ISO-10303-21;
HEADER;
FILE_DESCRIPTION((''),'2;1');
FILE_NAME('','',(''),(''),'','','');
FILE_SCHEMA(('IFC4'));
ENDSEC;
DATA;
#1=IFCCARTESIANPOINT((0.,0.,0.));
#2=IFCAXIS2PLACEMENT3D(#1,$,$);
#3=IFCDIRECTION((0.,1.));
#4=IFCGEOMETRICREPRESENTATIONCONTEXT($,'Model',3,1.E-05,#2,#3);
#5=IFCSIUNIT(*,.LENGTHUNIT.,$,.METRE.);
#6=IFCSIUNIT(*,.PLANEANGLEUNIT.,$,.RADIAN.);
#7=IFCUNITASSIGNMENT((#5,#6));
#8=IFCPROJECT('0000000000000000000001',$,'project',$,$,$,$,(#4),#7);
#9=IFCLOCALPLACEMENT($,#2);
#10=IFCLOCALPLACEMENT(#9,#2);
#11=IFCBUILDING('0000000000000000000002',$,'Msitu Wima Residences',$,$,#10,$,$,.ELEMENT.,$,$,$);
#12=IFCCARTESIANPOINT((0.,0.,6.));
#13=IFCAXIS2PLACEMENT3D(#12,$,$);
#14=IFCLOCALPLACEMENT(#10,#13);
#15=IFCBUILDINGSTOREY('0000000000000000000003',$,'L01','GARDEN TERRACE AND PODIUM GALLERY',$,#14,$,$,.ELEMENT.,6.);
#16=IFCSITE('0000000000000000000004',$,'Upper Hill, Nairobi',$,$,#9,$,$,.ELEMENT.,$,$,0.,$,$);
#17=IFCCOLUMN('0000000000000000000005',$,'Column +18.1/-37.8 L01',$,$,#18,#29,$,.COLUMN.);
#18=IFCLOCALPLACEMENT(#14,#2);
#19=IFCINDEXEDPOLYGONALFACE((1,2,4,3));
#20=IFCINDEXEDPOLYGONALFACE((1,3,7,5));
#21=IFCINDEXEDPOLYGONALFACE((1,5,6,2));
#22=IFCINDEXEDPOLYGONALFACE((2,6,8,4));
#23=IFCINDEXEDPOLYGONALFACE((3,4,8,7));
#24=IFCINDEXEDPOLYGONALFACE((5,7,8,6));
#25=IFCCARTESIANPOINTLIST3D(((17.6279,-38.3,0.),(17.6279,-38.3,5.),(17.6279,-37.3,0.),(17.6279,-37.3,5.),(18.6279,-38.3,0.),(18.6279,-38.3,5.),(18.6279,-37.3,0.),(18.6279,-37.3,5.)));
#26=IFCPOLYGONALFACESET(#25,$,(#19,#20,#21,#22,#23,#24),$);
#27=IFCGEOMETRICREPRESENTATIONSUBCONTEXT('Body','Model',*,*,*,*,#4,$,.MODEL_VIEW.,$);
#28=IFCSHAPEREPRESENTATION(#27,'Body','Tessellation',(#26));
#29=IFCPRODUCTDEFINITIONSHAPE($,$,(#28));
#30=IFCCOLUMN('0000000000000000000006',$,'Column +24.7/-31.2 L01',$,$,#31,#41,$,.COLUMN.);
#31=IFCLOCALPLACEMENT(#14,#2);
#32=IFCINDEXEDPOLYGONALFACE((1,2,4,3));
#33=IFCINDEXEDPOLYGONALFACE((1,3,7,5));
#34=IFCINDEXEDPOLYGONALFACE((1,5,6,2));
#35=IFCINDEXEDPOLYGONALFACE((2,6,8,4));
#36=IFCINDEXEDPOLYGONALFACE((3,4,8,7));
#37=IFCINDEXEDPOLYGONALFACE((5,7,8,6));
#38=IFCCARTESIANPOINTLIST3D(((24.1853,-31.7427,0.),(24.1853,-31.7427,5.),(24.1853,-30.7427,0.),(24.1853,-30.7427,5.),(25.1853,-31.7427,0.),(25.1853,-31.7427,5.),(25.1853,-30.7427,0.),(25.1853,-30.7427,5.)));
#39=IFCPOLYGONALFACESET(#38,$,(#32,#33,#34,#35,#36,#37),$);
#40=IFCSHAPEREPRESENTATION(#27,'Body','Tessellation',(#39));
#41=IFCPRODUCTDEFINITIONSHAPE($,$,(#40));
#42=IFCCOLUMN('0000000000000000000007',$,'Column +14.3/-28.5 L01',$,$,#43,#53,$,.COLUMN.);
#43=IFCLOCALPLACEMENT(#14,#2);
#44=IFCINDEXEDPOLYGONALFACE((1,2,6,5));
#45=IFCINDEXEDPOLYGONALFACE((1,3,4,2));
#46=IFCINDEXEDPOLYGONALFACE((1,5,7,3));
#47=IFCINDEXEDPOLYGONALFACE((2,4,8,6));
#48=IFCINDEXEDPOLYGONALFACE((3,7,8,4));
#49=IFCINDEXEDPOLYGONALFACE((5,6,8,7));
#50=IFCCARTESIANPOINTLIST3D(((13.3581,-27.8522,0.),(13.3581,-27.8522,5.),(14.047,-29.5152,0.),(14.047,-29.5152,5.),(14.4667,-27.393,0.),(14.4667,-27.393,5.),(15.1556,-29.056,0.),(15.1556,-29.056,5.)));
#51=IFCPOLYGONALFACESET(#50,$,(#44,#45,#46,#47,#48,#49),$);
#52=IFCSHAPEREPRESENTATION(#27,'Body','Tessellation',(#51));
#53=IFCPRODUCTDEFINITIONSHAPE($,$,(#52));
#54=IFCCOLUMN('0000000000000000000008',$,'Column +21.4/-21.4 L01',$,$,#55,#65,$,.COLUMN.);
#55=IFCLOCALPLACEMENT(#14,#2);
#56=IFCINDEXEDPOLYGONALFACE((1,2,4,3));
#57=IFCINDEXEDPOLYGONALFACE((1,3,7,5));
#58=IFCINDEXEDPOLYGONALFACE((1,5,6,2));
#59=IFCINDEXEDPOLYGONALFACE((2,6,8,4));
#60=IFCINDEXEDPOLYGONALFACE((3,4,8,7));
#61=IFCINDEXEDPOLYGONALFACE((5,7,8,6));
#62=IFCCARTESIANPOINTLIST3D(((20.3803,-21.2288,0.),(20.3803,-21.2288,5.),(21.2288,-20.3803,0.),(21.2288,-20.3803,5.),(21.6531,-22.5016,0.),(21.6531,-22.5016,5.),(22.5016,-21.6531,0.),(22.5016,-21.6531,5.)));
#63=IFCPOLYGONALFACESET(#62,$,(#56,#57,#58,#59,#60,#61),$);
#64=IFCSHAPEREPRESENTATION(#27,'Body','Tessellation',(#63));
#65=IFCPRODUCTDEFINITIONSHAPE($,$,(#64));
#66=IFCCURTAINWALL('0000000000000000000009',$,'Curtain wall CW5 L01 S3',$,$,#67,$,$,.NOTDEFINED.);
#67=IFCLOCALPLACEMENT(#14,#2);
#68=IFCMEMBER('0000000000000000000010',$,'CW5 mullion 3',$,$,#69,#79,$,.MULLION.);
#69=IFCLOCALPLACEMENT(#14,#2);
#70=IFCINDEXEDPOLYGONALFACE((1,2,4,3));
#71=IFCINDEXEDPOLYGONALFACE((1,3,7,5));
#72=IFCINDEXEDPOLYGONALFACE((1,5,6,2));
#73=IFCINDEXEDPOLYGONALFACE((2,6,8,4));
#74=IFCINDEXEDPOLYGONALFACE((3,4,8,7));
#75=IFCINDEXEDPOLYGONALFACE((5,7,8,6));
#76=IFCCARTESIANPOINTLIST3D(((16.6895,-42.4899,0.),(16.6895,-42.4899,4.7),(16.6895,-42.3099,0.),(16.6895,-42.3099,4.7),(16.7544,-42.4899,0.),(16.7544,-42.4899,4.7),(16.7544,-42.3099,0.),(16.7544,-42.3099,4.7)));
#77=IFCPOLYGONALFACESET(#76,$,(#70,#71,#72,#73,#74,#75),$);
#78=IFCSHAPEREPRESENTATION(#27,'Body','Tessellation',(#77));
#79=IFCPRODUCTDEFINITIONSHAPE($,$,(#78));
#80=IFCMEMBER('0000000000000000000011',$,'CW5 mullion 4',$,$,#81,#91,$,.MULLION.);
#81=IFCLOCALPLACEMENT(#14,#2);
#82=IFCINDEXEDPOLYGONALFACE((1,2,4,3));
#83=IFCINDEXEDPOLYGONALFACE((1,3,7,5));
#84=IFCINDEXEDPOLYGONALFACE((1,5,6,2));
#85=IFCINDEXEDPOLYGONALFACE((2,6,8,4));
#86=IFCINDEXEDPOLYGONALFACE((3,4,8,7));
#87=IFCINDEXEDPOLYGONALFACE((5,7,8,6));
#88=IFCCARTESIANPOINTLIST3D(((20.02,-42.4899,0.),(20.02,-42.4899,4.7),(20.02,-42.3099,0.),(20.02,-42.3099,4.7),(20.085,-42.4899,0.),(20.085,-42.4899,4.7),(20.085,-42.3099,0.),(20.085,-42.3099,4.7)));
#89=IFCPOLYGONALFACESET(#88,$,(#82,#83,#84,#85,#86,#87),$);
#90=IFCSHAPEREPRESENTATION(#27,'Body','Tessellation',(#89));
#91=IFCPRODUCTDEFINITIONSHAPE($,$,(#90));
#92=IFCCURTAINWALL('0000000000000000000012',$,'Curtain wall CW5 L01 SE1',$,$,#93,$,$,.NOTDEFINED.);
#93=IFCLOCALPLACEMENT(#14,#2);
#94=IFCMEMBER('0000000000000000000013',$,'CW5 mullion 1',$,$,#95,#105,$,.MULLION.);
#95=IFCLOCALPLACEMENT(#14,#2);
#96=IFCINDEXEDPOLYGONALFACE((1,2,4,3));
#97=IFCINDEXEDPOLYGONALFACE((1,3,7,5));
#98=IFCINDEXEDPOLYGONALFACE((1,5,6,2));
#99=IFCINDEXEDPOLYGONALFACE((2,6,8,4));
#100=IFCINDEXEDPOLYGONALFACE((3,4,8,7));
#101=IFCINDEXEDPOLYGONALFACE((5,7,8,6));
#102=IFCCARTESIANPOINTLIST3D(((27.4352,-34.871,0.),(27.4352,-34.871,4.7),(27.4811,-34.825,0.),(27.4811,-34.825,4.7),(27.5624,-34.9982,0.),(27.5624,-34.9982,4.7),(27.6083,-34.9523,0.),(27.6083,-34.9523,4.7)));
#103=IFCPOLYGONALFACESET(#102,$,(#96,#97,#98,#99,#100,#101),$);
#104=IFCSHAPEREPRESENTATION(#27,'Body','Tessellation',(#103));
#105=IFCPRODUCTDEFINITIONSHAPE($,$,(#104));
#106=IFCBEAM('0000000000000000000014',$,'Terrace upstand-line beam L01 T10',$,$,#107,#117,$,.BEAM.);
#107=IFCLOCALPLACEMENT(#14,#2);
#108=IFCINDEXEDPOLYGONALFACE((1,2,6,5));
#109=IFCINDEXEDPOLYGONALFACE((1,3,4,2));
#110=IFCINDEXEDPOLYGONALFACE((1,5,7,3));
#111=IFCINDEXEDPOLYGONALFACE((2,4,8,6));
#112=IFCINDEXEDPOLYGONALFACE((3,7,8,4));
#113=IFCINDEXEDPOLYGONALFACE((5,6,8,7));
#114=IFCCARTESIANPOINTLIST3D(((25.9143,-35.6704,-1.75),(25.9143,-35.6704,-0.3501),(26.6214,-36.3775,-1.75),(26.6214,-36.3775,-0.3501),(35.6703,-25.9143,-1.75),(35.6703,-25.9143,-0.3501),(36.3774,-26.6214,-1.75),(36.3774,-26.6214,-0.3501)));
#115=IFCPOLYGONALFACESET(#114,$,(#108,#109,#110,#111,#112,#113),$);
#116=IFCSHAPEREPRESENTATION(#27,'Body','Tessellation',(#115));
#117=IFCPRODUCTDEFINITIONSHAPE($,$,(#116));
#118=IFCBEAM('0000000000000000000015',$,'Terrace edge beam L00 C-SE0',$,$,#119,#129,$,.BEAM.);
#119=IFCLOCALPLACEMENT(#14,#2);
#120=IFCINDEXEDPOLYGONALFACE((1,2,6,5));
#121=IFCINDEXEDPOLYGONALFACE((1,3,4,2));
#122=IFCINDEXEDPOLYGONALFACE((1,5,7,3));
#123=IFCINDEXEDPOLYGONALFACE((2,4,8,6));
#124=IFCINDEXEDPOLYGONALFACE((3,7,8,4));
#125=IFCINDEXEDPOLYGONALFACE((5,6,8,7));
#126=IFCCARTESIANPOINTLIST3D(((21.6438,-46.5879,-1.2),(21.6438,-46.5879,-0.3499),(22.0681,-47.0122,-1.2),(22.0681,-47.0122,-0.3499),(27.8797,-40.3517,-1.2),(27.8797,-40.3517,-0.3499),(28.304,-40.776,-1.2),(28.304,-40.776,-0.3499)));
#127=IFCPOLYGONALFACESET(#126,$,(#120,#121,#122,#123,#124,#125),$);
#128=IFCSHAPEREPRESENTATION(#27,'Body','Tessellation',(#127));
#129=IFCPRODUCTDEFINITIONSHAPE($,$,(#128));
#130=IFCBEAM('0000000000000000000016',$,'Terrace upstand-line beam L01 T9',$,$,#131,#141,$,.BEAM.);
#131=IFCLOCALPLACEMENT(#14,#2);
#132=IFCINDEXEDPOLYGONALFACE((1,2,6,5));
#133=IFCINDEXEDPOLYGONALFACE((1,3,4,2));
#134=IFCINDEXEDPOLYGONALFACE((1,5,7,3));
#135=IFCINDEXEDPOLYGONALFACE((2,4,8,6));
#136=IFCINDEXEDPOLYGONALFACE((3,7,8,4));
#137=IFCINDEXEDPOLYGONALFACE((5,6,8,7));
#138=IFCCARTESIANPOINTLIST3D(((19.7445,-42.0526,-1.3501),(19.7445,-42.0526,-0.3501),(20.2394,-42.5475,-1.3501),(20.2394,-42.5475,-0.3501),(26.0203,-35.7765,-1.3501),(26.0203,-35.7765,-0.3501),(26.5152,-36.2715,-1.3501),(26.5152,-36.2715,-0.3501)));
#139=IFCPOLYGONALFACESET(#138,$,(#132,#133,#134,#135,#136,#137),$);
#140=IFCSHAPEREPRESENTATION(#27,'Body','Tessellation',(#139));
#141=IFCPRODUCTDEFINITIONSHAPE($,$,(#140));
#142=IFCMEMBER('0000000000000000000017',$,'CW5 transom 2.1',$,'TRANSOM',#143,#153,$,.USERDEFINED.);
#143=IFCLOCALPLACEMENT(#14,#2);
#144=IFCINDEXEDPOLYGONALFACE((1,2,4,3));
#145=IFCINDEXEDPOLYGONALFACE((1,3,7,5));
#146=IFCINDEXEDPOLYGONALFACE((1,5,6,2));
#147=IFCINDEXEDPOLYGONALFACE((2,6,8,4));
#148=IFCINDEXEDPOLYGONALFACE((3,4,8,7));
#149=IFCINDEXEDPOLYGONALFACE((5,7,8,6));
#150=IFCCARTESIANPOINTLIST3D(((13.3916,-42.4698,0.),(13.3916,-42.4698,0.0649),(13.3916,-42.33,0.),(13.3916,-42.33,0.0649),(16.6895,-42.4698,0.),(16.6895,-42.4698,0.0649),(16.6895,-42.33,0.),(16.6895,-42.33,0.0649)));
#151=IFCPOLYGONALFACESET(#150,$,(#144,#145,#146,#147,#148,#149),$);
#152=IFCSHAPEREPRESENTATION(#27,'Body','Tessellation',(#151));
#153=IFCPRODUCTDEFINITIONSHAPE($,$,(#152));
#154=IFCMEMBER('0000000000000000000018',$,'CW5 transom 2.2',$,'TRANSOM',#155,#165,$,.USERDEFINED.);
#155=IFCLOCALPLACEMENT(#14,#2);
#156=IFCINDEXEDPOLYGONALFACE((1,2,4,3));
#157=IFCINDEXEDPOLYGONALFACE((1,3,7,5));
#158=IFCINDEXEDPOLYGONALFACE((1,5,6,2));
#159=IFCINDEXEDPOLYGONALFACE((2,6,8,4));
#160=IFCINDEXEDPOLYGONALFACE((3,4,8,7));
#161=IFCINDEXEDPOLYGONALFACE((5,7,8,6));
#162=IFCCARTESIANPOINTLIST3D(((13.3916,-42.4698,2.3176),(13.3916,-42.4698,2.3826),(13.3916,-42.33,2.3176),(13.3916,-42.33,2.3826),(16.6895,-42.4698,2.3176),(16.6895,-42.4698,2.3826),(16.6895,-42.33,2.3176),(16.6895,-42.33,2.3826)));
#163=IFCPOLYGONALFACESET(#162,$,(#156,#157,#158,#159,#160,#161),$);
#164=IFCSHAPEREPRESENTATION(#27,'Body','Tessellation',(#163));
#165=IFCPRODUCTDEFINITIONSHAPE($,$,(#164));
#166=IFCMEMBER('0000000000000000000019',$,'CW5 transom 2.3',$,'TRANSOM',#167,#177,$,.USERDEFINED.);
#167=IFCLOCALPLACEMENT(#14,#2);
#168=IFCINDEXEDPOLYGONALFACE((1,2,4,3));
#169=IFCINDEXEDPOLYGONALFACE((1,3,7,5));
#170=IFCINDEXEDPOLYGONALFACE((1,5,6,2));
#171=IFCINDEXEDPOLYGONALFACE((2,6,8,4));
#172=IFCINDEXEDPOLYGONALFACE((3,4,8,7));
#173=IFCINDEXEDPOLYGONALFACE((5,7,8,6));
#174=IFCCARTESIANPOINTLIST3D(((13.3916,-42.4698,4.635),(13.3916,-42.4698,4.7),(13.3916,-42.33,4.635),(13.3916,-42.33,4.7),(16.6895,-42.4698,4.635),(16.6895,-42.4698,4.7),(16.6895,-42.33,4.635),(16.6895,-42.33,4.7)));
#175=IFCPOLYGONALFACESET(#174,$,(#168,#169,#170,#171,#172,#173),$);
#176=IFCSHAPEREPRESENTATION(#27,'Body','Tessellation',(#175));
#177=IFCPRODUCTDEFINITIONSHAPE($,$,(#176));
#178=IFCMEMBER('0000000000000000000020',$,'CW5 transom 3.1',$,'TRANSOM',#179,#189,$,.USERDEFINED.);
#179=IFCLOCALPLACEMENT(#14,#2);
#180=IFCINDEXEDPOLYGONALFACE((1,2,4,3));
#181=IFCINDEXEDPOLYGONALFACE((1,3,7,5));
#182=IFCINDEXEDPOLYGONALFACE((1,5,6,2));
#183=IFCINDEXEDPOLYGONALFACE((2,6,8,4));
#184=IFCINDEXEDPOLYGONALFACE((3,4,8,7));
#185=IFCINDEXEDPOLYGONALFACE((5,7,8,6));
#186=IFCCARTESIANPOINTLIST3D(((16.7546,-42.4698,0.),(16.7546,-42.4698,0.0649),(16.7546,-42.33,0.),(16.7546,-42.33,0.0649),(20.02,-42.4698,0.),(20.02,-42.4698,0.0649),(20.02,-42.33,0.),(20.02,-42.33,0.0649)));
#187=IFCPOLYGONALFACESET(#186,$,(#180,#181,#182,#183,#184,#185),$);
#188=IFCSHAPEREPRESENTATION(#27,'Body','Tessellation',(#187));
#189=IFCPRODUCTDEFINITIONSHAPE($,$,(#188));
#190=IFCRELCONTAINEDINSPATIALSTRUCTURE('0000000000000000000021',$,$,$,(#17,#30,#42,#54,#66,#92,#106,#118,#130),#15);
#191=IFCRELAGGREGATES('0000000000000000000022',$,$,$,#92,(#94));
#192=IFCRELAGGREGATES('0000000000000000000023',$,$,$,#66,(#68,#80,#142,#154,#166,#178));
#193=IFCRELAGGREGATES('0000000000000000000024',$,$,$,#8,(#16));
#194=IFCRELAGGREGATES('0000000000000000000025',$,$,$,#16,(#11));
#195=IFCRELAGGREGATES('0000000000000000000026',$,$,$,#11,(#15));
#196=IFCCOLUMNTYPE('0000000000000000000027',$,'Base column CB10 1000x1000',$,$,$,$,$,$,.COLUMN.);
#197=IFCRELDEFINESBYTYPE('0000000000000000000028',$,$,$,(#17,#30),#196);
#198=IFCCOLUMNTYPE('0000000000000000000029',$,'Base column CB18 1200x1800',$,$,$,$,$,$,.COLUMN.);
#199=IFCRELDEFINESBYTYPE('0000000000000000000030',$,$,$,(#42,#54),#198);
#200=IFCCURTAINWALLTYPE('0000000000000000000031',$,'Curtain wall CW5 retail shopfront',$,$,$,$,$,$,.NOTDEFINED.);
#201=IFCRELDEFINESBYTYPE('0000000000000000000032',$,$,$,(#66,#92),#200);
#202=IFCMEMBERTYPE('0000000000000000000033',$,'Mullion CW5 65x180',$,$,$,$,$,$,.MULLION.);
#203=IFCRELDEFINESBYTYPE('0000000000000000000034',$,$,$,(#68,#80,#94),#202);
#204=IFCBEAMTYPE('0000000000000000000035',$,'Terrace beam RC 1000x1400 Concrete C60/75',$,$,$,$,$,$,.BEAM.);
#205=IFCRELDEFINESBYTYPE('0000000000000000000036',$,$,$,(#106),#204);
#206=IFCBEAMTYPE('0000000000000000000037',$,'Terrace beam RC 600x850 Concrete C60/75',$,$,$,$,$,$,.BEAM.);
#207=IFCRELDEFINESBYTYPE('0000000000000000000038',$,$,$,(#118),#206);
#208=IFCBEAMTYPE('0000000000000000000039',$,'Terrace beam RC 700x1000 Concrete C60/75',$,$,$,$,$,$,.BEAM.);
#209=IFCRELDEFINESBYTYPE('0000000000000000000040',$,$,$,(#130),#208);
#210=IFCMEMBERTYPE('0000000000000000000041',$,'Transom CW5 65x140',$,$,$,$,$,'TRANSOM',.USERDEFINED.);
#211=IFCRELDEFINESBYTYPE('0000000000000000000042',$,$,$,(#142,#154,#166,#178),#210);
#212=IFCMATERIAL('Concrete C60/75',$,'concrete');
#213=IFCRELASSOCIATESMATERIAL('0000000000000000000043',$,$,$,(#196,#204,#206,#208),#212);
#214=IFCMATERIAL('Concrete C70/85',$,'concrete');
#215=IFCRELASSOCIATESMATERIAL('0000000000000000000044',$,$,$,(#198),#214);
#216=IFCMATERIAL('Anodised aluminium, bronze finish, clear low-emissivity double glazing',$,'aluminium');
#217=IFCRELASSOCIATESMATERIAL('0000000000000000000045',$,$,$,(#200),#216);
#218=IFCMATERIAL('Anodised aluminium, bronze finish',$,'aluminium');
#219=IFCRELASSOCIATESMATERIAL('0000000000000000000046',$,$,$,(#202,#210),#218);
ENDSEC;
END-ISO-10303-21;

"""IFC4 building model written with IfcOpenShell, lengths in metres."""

from ifc_helpers import new_model, si_unit, direction, frame, origin, origin_2d, place, context, subcontext, project, spatial, rectangle, extrude, material, material_profile, profile_set, type_object, element, aggregate, save


model = new_model("IFC4")

# Units and contexts
model_context = context("Model", 3, precision=1e-05, world=origin(), true_north=direction((0.0, 1.0)))
body_context = subcontext(model_context, "Body", "Model", "MODEL_VIEW")
ifc_project = project(units=[si_unit("LENGTHUNIT", "METRE"), si_unit("PLANEANGLEUNIT", "RADIAN")], contexts=[model_context])

# Site, building, storey
site_placement = place(None, origin())
site = spatial("IfcSite", under=ifc_project, at=site_placement, Name="Upper Hill, Nairobi", CompositionType="ELEMENT", RefElevation=0.0)
building_placement = place(site_placement, origin())
building = spatial("IfcBuilding", under=site, at=building_placement, Name="Msitu Wima Residences", CompositionType="ELEMENT")
storey_placement = place(building_placement, frame((0.0, 0.0, 6.0)))
storey = spatial("IfcBuildingStorey", under=building, at=storey_placement, Name="L01", Description="GARDEN TERRACE AND PODIUM GALLERY", CompositionType="ELEMENT", Elevation=6.0)

# Columns
ifc_material_1 = material(Name="Concrete C60/75", Category="concrete")
ifc_material_profile_1 = material_profile(ifc_material_1, rectangle(XDim=1.0, YDim=1.0, at=origin_2d()), Name="RC 1000x1000")
ifc_profile_set_1 = profile_set([ifc_material_profile_1], Name="Concrete C60/75")
column_type_1 = type_object("IfcColumnType", Name="Base column CB10 1000x1000", PredefinedType="COLUMN", material=ifc_profile_set_1)
for number, where, z_axis, x_axis, name in (
    (1, (18.1279, -37.8, 0.0), (0.0, 0.0, 1.0), (1.0, 0.0, 0.0), "Column +18.1/-37.8 L01"),
    (2, (24.6853, -31.2427, 0.0), (0.0, 0.0, 1.0), (1.0, 0.0, 0.0), "Column +24.7/-31.2 L01"),
):
    element("IfcColumn", number, at=place(storey_placement, frame(where, z_axis=z_axis, x_axis=x_axis)), inside=storey, type_object=column_type_1, Name=name, PredefinedType="COLUMN", context=body_context, shape_type="SweptSolid", body=[
        extrude(rectangle(XDim=1.0, YDim=1.0, at=origin_2d()), origin(), (0.0, 0.0, 1.0), 5.0),
    ])
ifc_material_2 = material(Name="Concrete C70/85", Category="concrete")
ifc_material_profile_2 = material_profile(ifc_material_2, rectangle(XDim=1.2, YDim=1.8, at=origin_2d()), Name="RC 1200x1800")
ifc_profile_set_2 = profile_set([ifc_material_profile_2], Name="Concrete C70/85")
column_type_2 = type_object("IfcColumnType", Name="Base column CB18 1200x1800", PredefinedType="COLUMN", material=ifc_profile_set_2)
for number, where, z_axis, x_axis, name in (
    (3, (14.2568, -28.4541, 0.0), (0.0, 0.0, 1.0), (0.92388, 0.382683, 0.0), "Column +14.3/-28.5 L01"),
    (4, (21.4409, -21.4409, 0.0), (0.0, 0.0, 1.0), (0.707107, 0.707107, 0.0), "Column +21.4/-21.4 L01"),
):
    element("IfcColumn", number, at=place(storey_placement, frame(where, z_axis=z_axis, x_axis=x_axis)), inside=storey, type_object=column_type_2, Name=name, PredefinedType="COLUMN", context=body_context, shape_type="SweptSolid", body=[
        extrude(rectangle(XDim=1.2, YDim=1.8, at=origin_2d()), origin(), (0.0, 0.0, 1.0), 5.0),
    ])

# Curtain wall, members
ifc_material_3 = material(Name="Anodised aluminium, bronze finish, clear low-emissivity double glazing", Category="aluminium")
curtain_wall_type = type_object("IfcCurtainWallType", Name="Curtain wall CW5 retail shopfront", PredefinedType="NOTDEFINED", material=ifc_material_3)
curtain_wall_1_placement = place(storey_placement, origin())
curtain_wall_1 = element("IfcCurtainWall", 5, at=curtain_wall_1_placement, inside=storey, type_object=curtain_wall_type, Name="Curtain wall CW5 L01 S3", PredefinedType="NOTDEFINED")
ifc_material_4 = material(Name="Anodised aluminium, bronze finish", Category="aluminium")
ifc_material_profile_3 = material_profile(ifc_material_4, rectangle(XDim=0.1799, YDim=0.0649, at=origin_2d()), Name="Mullion 65x180")
ifc_profile_set_3 = profile_set([ifc_material_profile_3], Name="Anodised aluminium, bronze finish")
member_type_1 = type_object("IfcMemberType", Name="Mullion CW5 65x180", PredefinedType="MULLION", material=ifc_profile_set_3)
member_1_placement = place(storey_placement, frame((16.7219, -42.3999, 0.0), z_axis=(0.0, 0.0, 1.0), x_axis=(0.0, 1.0, 0.0)))
member_1 = element("IfcMember", 6, at=member_1_placement, type_object=member_type_1, Name="CW5 mullion 3", PredefinedType="MULLION", context=body_context, shape_type="SweptSolid", body=[
    extrude(rectangle(XDim=0.1799, YDim=0.0649, at=origin_2d()), origin(), (0.0, 0.0, 1.0), 4.7),
])
member_2_placement = place(storey_placement, frame((20.0525, -42.3999, 0.0), z_axis=(0.0, 0.0, 1.0), x_axis=(0.0, 1.0, 0.0)))
member_2 = element("IfcMember", 7, at=member_2_placement, type_object=member_type_1, Name="CW5 mullion 4", PredefinedType="MULLION", context=body_context, shape_type="SweptSolid", body=[
    extrude(rectangle(XDim=0.1799, YDim=0.0649, at=origin_2d()), origin(), (0.0, 0.0, 1.0), 4.7),
])

# Curtain wall, member
curtain_wall_2_placement = place(storey_placement, origin())
curtain_wall_2 = element("IfcCurtainWall", 8, at=curtain_wall_2_placement, inside=storey, type_object=curtain_wall_type, Name="Curtain wall CW5 L01 SE1", PredefinedType="NOTDEFINED")
member_3_placement = place(storey_placement, frame((27.5217, -34.9116, 0.0), z_axis=(0.0, 0.0, 1.0), x_axis=(-0.707107, 0.707107, 0.0)))
member_3 = element("IfcMember", 9, at=member_3_placement, type_object=member_type_1, Name="CW5 mullion 1", PredefinedType="MULLION", context=body_context, shape_type="SweptSolid", body=[
    extrude(rectangle(XDim=0.1799, YDim=0.0649, at=origin_2d()), origin(), (0.0, 0.0, 1.0), 4.7),
])

# Beams
ifc_material_profile_4 = material_profile(ifc_material_1, rectangle(XDim=1.0, YDim=1.3999, at=origin_2d()), Name="RC 1000x1400")
ifc_profile_set_4 = profile_set([ifc_material_profile_4], Name="Concrete C60/75")
beam_type_1 = type_object("IfcBeamType", Name="Terrace beam RC 1000x1400 Concrete C60/75", PredefinedType="BEAM", material=ifc_profile_set_4)
beam_1_placement = place(storey_placement, frame((26.2678, -36.0239, -1.05), z_axis=(0.707107, 0.707107, 0.0), x_axis=(-0.707107, 0.707107, 0.0)))
element("IfcBeam", 10, at=beam_1_placement, inside=storey, type_object=beam_type_1, Name="Terrace upstand-line beam L01 T10", PredefinedType="BEAM", context=body_context, shape_type="SweptSolid", body=[
    extrude(rectangle(XDim=1.0, YDim=1.3999, at=origin_2d()), origin(), (0.0, 0.0, 1.0), 13.7971),
])
ifc_material_profile_5 = material_profile(ifc_material_1, rectangle(XDim=0.6001, YDim=0.8501, at=origin_2d()), Name="RC 600x850")
ifc_profile_set_5 = profile_set([ifc_material_profile_5], Name="Concrete C60/75")
beam_type_2 = type_object("IfcBeamType", Name="Terrace beam RC 600x850 Concrete C60/75", PredefinedType="BEAM", material=ifc_profile_set_5)
beam_2_placement = place(storey_placement, frame((21.856, -46.8, -0.7749), z_axis=(0.707093, 0.707121, 0.0), x_axis=(-0.707121, 0.707093, 0.0)))
element("IfcBeam", 11, at=beam_2_placement, inside=storey, type_object=beam_type_2, Name="Terrace edge beam L00 C-SE0", PredefinedType="BEAM", context=body_context, shape_type="SweptSolid", body=[
    extrude(rectangle(XDim=0.6001, YDim=0.8501, at=origin_2d()), origin(), (0.0, 0.0, 1.0), 8.8191),
])
ifc_material_profile_6 = material_profile(ifc_material_1, rectangle(XDim=0.7, YDim=1.0, at=origin_2d()), Name="RC 700x1000")
ifc_profile_set_6 = profile_set([ifc_material_profile_6], Name="Concrete C60/75")
beam_type_3 = type_object("IfcBeamType", Name="Terrace beam RC 700x1000 Concrete C60/75", PredefinedType="BEAM", material=ifc_profile_set_6)
beam_3_placement = place(storey_placement, frame((19.9919, -42.3, -0.8501), z_axis=(0.707093, 0.707121, 0.0), x_axis=(-0.707121, 0.707093, 0.0)))
element("IfcBeam", 12, at=beam_3_placement, inside=storey, type_object=beam_type_3, Name="Terrace upstand-line beam L01 T9", PredefinedType="BEAM", context=body_context, shape_type="SweptSolid", body=[
    extrude(rectangle(XDim=0.7, YDim=1.0, at=origin_2d()), origin(), (0.0, 0.0, 1.0), 8.8755),
])

# Members
ifc_material_profile_7 = material_profile(ifc_material_4, rectangle(XDim=0.1399, YDim=0.0649, at=origin_2d()), Name="Transom 65x140")
ifc_profile_set_7 = profile_set([ifc_material_profile_7], Name="Anodised aluminium, bronze finish")
member_type_2 = type_object("IfcMemberType", Name="Transom CW5 65x140", ElementType="TRANSOM", PredefinedType="USERDEFINED", material=ifc_profile_set_7)
member_4_placement = place(storey_placement, frame((13.3916, -42.3999, 0.0325), z_axis=(1.0, 0.0, 0.0), x_axis=(0.0, 1.0, 0.0)))
member_4 = element("IfcMember", 13, at=member_4_placement, type_object=member_type_2, Name="CW5 transom 2.1", ObjectType="TRANSOM", PredefinedType="USERDEFINED", context=body_context, shape_type="SweptSolid", body=[
    extrude(rectangle(XDim=0.1399, YDim=0.0649, at=origin_2d()), origin(), (0.0, 0.0, 1.0), 3.2979),
])
member_5_placement = place(storey_placement, frame((13.3916, -42.3999, 2.3501), z_axis=(1.0, 0.0, 0.0), x_axis=(0.0, 1.0, 0.0)))
member_5 = element("IfcMember", 14, at=member_5_placement, type_object=member_type_2, Name="CW5 transom 2.2", ObjectType="TRANSOM", PredefinedType="USERDEFINED", context=body_context, shape_type="SweptSolid", body=[
    extrude(rectangle(XDim=0.1399, YDim=0.0649, at=origin_2d()), origin(), (0.0, 0.0, 1.0), 3.2979),
])
member_6_placement = place(storey_placement, frame((13.3916, -42.3999, 4.6675), z_axis=(1.0, 0.0, 0.0), x_axis=(0.0, 1.0, 0.0)))
member_6 = element("IfcMember", 15, at=member_6_placement, type_object=member_type_2, Name="CW5 transom 2.3", ObjectType="TRANSOM", PredefinedType="USERDEFINED", context=body_context, shape_type="SweptSolid", body=[
    extrude(rectangle(XDim=0.1399, YDim=0.0649, at=origin_2d()), origin(), (0.0, 0.0, 1.0), 3.2979),
])
member_7_placement = place(storey_placement, frame((16.7546, -42.3999, 0.0325), z_axis=(1.0, 0.0, 0.0), x_axis=(0.0, 1.0, 0.0)))
member_7 = element("IfcMember", 16, at=member_7_placement, type_object=member_type_2, Name="CW5 transom 3.1", ObjectType="TRANSOM", PredefinedType="USERDEFINED", context=body_context, shape_type="SweptSolid", body=[
    extrude(rectangle(XDim=0.1399, YDim=0.0649, at=origin_2d()), origin(), (0.0, 0.0, 1.0), 3.2654),
])
aggregate(curtain_wall_2, [member_3])

aggregate(curtain_wall_1, [member_1, member_2, member_4, member_5, member_6, member_7])

save(model, "model.ifc")
